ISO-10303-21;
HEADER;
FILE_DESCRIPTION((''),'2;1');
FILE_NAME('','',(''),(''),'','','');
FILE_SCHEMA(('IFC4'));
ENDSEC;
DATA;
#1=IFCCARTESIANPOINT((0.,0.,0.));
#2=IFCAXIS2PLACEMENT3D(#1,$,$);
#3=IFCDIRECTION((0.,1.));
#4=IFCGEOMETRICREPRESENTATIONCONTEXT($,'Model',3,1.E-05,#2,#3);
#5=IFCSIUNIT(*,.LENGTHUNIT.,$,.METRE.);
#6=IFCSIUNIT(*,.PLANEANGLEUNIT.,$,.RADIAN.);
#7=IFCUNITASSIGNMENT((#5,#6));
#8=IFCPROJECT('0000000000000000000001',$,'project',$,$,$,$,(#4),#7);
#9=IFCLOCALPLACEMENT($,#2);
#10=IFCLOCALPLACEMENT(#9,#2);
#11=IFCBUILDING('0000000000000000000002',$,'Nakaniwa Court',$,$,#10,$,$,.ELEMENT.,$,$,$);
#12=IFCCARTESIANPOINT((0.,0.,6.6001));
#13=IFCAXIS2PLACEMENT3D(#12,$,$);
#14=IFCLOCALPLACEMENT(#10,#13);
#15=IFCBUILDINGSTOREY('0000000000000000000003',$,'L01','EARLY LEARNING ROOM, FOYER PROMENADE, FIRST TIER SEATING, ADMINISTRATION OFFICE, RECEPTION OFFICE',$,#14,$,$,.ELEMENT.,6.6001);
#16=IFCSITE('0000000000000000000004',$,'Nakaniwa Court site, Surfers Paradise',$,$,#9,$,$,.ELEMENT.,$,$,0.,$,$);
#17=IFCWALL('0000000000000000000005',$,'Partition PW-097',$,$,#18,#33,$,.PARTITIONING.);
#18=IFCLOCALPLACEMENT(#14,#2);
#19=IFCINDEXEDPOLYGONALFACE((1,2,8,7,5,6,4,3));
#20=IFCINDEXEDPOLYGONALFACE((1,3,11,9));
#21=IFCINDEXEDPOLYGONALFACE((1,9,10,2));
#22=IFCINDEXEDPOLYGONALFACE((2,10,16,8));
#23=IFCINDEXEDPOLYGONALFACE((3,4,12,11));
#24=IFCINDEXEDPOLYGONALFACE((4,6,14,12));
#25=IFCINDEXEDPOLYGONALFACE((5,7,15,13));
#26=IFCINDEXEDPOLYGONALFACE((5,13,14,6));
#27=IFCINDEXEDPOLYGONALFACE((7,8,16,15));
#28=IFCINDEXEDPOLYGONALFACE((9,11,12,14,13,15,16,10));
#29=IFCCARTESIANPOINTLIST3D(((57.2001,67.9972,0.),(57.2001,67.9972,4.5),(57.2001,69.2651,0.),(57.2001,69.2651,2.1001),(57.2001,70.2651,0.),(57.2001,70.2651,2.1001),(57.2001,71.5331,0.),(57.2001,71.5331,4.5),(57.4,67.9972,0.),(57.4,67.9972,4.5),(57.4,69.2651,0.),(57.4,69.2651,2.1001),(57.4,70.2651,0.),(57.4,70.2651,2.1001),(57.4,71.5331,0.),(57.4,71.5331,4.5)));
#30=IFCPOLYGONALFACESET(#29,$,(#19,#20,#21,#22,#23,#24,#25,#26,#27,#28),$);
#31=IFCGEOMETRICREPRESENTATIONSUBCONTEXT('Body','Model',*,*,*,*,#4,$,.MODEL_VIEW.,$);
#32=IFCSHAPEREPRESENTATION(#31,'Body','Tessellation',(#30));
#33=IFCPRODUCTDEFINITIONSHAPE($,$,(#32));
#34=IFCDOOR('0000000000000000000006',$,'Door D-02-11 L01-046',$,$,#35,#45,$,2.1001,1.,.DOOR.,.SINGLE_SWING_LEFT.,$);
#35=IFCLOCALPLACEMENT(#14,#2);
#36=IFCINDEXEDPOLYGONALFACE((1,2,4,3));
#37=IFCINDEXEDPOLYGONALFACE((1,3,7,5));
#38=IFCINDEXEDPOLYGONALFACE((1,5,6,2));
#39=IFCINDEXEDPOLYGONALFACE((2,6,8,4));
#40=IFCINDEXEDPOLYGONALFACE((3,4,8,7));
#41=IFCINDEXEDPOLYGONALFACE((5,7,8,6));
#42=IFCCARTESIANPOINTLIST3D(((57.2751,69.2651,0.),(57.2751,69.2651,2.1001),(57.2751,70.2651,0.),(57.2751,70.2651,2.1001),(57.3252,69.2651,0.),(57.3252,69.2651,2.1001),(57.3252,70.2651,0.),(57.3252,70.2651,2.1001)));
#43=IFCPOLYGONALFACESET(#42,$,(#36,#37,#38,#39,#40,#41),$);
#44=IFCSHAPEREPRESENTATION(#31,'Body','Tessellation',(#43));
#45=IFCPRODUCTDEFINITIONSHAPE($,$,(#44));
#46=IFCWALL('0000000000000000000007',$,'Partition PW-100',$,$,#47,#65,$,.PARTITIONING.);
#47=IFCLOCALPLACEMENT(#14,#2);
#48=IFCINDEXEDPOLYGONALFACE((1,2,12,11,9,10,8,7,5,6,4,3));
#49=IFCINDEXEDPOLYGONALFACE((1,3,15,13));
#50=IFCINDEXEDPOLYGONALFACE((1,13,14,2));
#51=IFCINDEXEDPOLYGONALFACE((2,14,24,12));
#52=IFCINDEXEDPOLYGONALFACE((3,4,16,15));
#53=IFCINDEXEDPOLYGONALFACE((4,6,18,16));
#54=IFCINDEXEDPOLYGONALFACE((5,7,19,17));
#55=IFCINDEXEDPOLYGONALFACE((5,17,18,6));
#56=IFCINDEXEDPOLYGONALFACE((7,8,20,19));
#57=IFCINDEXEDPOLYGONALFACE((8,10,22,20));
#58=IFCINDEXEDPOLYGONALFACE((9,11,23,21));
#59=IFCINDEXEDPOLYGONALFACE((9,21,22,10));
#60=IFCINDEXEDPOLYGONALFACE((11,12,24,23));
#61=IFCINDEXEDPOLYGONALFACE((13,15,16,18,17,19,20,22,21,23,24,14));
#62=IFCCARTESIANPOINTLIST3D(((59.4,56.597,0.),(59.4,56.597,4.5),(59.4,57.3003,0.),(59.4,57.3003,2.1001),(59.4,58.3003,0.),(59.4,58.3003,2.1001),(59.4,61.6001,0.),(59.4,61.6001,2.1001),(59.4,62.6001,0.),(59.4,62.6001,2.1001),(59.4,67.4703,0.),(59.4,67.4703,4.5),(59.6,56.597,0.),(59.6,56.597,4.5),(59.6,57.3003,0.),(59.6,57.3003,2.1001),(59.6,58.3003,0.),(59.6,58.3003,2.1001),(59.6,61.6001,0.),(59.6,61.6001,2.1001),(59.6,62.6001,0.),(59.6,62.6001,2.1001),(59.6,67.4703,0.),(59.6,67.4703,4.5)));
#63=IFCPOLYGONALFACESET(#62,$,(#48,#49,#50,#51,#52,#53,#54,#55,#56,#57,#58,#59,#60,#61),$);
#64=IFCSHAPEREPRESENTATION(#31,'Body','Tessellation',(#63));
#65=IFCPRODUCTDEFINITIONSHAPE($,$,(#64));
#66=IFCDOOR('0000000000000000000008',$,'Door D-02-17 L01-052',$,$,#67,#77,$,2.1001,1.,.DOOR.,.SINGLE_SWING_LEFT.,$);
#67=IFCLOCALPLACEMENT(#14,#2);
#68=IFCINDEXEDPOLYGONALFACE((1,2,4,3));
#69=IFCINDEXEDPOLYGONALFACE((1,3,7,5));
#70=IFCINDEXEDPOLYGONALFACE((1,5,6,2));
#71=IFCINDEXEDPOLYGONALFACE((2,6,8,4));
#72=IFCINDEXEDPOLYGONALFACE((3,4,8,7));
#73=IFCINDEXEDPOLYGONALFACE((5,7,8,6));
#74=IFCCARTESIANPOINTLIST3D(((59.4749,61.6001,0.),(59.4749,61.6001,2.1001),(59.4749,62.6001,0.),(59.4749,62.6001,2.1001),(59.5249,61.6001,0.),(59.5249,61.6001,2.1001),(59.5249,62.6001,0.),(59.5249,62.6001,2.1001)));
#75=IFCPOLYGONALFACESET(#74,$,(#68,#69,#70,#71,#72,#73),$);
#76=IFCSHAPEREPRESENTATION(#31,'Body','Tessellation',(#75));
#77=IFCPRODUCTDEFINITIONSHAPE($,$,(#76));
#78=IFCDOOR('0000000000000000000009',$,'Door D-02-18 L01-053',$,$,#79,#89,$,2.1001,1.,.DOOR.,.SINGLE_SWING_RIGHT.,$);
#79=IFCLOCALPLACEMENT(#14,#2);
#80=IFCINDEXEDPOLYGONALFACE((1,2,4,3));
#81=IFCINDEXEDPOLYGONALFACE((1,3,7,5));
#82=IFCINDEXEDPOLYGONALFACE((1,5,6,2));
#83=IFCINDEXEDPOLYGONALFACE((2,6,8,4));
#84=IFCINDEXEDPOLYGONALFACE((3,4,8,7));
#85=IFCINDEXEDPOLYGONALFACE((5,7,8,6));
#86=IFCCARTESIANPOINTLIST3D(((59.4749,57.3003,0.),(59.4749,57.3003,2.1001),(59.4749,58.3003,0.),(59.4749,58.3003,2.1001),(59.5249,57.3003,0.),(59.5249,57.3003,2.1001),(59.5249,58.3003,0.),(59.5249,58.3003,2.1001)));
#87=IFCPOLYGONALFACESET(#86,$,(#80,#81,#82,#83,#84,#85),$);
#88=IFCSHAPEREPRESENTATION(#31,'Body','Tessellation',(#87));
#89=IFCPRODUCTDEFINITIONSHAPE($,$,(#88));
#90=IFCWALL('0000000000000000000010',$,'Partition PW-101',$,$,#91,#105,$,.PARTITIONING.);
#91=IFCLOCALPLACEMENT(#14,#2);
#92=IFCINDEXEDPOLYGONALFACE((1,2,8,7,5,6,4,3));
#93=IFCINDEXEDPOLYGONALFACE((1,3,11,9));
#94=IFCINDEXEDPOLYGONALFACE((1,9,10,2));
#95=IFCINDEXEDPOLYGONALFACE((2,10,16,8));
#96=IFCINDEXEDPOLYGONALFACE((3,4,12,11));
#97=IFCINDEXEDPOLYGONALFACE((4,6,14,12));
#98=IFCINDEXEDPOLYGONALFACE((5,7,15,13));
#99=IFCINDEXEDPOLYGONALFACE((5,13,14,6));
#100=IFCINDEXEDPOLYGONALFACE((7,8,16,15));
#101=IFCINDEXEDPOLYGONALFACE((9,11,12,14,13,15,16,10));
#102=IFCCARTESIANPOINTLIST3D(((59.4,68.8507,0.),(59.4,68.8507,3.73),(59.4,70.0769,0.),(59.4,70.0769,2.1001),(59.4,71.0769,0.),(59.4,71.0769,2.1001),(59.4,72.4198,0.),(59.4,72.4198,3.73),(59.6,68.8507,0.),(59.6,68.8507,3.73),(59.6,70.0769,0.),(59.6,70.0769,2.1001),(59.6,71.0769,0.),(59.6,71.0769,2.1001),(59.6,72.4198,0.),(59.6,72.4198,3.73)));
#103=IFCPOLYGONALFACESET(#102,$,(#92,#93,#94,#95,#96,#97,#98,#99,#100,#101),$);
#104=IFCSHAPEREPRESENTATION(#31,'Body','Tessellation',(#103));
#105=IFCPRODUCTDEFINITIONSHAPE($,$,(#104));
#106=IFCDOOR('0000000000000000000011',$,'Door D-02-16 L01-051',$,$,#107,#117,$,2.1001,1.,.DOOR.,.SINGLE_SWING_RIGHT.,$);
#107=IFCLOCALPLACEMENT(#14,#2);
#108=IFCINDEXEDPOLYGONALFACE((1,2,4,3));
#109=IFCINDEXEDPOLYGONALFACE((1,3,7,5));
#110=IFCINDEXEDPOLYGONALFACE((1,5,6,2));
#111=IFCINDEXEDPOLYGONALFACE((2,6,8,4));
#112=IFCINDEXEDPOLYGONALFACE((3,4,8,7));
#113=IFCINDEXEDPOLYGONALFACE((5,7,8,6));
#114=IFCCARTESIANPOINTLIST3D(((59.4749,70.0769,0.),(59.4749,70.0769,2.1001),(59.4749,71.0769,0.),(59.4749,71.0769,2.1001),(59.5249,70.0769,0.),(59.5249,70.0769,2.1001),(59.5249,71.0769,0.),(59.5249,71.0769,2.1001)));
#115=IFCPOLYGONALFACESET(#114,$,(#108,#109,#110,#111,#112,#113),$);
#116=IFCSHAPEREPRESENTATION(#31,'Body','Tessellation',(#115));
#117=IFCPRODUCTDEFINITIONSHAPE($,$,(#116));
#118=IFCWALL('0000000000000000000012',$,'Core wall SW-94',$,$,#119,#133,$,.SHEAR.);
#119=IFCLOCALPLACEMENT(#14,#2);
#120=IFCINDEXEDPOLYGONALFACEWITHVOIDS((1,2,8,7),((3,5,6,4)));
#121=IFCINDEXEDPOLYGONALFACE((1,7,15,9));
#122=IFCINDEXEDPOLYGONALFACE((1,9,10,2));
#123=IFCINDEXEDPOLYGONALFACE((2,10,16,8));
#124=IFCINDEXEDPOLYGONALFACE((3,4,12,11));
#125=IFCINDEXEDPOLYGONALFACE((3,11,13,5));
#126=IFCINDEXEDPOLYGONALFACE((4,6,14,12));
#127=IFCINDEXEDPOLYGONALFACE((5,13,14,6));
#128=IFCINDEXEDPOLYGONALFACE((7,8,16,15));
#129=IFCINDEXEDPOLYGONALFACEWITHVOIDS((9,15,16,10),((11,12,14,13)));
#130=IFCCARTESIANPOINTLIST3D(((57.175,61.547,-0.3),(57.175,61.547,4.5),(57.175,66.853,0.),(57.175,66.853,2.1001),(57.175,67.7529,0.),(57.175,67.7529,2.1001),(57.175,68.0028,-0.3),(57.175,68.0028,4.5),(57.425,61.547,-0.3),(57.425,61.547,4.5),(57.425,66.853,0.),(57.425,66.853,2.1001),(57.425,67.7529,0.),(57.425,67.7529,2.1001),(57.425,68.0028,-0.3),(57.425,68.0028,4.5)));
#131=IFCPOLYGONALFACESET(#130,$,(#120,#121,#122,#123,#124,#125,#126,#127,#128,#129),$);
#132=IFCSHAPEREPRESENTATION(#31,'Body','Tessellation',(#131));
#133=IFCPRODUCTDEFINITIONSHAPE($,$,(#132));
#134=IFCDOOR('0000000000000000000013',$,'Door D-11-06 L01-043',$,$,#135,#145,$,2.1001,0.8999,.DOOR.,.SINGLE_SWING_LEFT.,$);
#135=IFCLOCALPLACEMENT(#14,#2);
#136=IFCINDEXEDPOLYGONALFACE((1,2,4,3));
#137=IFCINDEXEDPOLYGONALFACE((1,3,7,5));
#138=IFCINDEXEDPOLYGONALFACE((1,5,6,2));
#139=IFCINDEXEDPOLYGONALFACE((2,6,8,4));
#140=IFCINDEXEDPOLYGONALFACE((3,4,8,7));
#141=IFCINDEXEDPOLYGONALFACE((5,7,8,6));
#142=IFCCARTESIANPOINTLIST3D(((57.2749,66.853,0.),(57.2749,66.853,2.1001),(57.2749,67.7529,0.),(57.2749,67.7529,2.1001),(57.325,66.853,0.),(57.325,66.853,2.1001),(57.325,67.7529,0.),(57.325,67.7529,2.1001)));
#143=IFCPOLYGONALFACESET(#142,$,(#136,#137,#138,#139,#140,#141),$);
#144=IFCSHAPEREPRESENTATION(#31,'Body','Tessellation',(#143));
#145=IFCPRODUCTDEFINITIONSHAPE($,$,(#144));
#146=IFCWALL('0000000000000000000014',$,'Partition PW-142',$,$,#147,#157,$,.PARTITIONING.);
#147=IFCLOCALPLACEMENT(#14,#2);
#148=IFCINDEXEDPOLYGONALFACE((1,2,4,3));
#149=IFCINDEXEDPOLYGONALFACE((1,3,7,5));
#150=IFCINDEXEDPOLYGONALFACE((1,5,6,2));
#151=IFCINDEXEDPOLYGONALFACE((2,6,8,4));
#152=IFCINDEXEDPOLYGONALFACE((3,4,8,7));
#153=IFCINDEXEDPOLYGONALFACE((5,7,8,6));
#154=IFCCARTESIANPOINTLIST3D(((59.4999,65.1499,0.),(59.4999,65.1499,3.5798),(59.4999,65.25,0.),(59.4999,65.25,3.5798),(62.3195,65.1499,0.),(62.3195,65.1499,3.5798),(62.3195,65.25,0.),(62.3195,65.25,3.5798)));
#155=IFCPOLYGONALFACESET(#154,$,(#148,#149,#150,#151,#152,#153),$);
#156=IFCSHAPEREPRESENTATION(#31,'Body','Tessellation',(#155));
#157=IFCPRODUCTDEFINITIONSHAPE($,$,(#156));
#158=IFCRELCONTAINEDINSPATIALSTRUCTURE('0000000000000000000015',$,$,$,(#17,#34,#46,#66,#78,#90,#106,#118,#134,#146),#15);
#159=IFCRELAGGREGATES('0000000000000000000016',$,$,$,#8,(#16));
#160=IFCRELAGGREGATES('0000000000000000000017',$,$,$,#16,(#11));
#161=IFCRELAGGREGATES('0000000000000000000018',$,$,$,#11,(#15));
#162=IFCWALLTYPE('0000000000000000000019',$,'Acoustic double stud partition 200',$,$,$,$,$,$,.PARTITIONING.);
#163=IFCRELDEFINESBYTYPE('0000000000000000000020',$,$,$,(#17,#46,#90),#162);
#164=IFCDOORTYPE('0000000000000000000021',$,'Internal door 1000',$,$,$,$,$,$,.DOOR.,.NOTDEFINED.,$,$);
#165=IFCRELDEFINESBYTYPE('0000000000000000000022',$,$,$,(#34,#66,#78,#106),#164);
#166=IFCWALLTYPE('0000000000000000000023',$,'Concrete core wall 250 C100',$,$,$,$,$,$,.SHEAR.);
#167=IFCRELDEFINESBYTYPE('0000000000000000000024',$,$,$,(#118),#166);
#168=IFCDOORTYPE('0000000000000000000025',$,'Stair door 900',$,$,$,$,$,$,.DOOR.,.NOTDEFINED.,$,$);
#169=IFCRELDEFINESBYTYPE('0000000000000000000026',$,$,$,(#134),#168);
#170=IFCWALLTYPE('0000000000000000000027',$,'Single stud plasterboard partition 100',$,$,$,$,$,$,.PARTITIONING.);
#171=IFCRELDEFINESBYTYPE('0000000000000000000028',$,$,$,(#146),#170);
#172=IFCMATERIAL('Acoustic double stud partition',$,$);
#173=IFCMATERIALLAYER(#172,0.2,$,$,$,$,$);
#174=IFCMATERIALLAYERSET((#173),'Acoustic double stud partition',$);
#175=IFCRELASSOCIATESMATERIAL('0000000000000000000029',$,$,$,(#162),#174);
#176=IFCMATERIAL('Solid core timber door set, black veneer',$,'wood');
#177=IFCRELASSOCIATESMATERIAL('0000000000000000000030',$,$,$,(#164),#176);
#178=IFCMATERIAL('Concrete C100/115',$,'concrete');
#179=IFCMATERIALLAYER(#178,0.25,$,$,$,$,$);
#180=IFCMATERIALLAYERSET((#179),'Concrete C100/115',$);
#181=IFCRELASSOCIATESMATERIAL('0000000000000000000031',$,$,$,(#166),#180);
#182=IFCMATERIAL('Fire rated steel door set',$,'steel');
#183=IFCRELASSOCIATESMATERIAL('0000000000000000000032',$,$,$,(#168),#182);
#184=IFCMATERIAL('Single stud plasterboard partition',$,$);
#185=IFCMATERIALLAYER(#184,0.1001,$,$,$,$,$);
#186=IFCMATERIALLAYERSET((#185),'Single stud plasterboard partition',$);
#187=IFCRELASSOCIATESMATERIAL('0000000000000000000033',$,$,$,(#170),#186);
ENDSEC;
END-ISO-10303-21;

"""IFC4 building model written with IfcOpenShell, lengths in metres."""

from ifc_helpers import new_model, si_unit, direction, frame, frame_2d, origin, place, context, subcontext, project, spatial, rectangle, extrude, material, layer, layer_set, type_object, element, fill, save


model = new_model("IFC4")

# Units and contexts
model_context = context("Model", 3, precision=1e-05, world=origin(), true_north=direction((0.0, 1.0)))
body_context = subcontext(model_context, "Body", "Model", "MODEL_VIEW")
ifc_project = project(units=[si_unit("LENGTHUNIT", "METRE"), si_unit("PLANEANGLEUNIT", "RADIAN")], contexts=[model_context])

# Site, building, storey
site_placement = place(None, origin())
site = spatial("IfcSite", under=ifc_project, at=site_placement, Name="Nakaniwa Court site, Surfers Paradise", CompositionType="ELEMENT", RefElevation=0.0)
building_placement = place(site_placement, origin())
building = spatial("IfcBuilding", under=site, at=building_placement, Name="Nakaniwa Court", CompositionType="ELEMENT")
storey_placement = place(building_placement, frame((0.0, 0.0, 6.6001)))
storey = spatial("IfcBuildingStorey", under=building, at=storey_placement, Name="L01", Description="EARLY LEARNING ROOM, FOYER PROMENADE, FIRST TIER SEATING, ADMINISTRATION OFFICE, RECEPTION OFFICE", CompositionType="ELEMENT", Elevation=6.6001)

# Shared definitions
ifc_material_1 = material(Name="Concrete C100/115", Category="concrete")

# Wall, opening, door
ifc_material_2 = material(Name="Acoustic double stud partition")
ifc_layer_1 = layer(ifc_material_2, 0.2)
ifc_layer_set_1 = layer_set([ifc_layer_1], Name="Acoustic double stud partition")
wall_type_1 = type_object("IfcWallType", Name="Acoustic double stud partition 200", PredefinedType="PARTITIONING", material=ifc_layer_set_1)
wall_1_placement = place(storey_placement, frame((57.3, 67.9971, 0.0), z_axis=(0.0, 0.0, 1.0), x_axis=(0.0, 1.0, 0.0)))
wall_1 = element("IfcWall", 1, at=wall_1_placement, inside=storey, type_object=wall_type_1, Name="Partition PW-097", PredefinedType="PARTITIONING", context=body_context, shape_type="SweptSolid", body=[
    extrude(rectangle(XDim=3.5359, YDim=0.2, at=frame_2d((1.7681, 0.0))), origin(), (0.0, 0.0, 1.0), 4.5),
])
opening_1_placement = place(wall_1_placement, frame((1.2681, 0.0, 0.0)))
opening_1 = element("IfcOpeningElement", 2, at=opening_1_placement, cuts=wall_1, PredefinedType="OPENING", context=body_context, shape_type="SweptSolid", body=[
    extrude(rectangle(XDim=1.0, YDim=2.1001, at=frame_2d((0.5, 1.05))), frame((0.0, 0.1099, 0.0), z_axis=(0.0, -1.0, 0.0), x_axis=(1.0, 0.0, 0.0)), (0.0, 0.0, 1.0), 0.22),
])
ifc_material_3 = material(Name="Solid core timber door set, black veneer", Category="wood")
door_type_1 = type_object("IfcDoorType", Name="Internal door 1000", OperationType="NOTDEFINED", PredefinedType="DOOR", material=ifc_material_3)
door_1_placement = place(opening_1_placement, origin())
door_1 = element("IfcDoor", 3, at=door_1_placement, inside=storey, type_object=door_type_1, Name="Door D-02-11 L01-046", OperationType="SINGLE_SWING_LEFT", OverallHeight=2.1001, OverallWidth=1.0, PredefinedType="DOOR", context=body_context, shape_type="SweptSolid", body=[
    extrude(rectangle(XDim=1.0, YDim=2.1001, at=frame_2d((0.5, 1.05))), frame((0.0, 0.0249, 0.0), z_axis=(0.0, -1.0, 0.0), x_axis=(1.0, 0.0, 0.0)), (0.0, 0.0, 1.0), 0.05),
])
fill(opening_1, door_1)

# Wall, openings, doors
wall_2_placement = place(storey_placement, frame((59.5, 67.4702, 0.0), z_axis=(0.0, 0.0, 1.0), x_axis=(0.0, -1.0, 0.0)))
wall_2 = element("IfcWall", 4, at=wall_2_placement, inside=storey, type_object=wall_type_1, Name="Partition PW-100", PredefinedType="PARTITIONING", context=body_context, shape_type="SweptSolid", body=[
    extrude(rectangle(XDim=10.8733, YDim=0.2, at=frame_2d((5.4365, 0.0))), origin(), (0.0, 0.0, 1.0), 4.5),
])
opening_2_placement = place(wall_2_placement, frame((4.8701, 0.0, 0.0)))
opening_2 = element("IfcOpeningElement", 5, at=opening_2_placement, cuts=wall_2, PredefinedType="OPENING", context=body_context, shape_type="SweptSolid", body=[
    extrude(rectangle(XDim=1.0, YDim=2.1001, at=frame_2d((0.5, 1.05))), frame((0.0, 0.1099, 0.0), z_axis=(0.0, -1.0, 0.0), x_axis=(1.0, 0.0, 0.0)), (0.0, 0.0, 1.0), 0.22),
])
opening_3_placement = place(wall_2_placement, frame((9.1699, 0.0, 0.0)))
opening_3 = element("IfcOpeningElement", 6, at=opening_3_placement, cuts=wall_2, PredefinedType="OPENING", context=body_context, shape_type="SweptSolid", body=[
    extrude(rectangle(XDim=1.0, YDim=2.1001, at=frame_2d((0.5, 1.05))), frame((0.0, 0.1099, 0.0), z_axis=(0.0, -1.0, 0.0), x_axis=(1.0, 0.0, 0.0)), (0.0, 0.0, 1.0), 0.22),
])
door_2_placement = place(opening_2_placement, origin())
door_2 = element("IfcDoor", 7, at=door_2_placement, inside=storey, type_object=door_type_1, Name="Door D-02-17 L01-052", OperationType="SINGLE_SWING_LEFT", OverallHeight=2.1001, OverallWidth=1.0, PredefinedType="DOOR", context=body_context, shape_type="SweptSolid", body=[
    extrude(rectangle(XDim=1.0, YDim=2.1001, at=frame_2d((0.5, 1.05))), frame((0.0, 0.0249, 0.0), z_axis=(0.0, -1.0, 0.0), x_axis=(1.0, 0.0, 0.0)), (0.0, 0.0, 1.0), 0.05),
])
fill(opening_2, door_2)
door_3_placement = place(opening_3_placement, origin())
door_3 = element("IfcDoor", 8, at=door_3_placement, inside=storey, type_object=door_type_1, Name="Door D-02-18 L01-053", OperationType="SINGLE_SWING_RIGHT", OverallHeight=2.1001, OverallWidth=1.0, PredefinedType="DOOR", context=body_context, shape_type="SweptSolid", body=[
    extrude(rectangle(XDim=1.0, YDim=2.1001, at=frame_2d((0.5, 1.05))), frame((0.0, 0.0249, 0.0), z_axis=(0.0, -1.0, 0.0), x_axis=(1.0, 0.0, 0.0)), (0.0, 0.0, 1.0), 0.05),
])
fill(opening_3, door_3)

# Walls, openings, doors
wall_3_placement = place(storey_placement, frame((59.5, 72.4199, 0.0), z_axis=(0.0, 0.0, 1.0), x_axis=(0.0, -1.0, 0.0)))
wall_3 = element("IfcWall", 9, at=wall_3_placement, inside=storey, type_object=wall_type_1, Name="Partition PW-101", PredefinedType="PARTITIONING", context=body_context, shape_type="SweptSolid", body=[
    extrude(rectangle(XDim=3.5691, YDim=0.2, at=frame_2d((1.7847, 0.0))), origin(), (0.0, 0.0, 1.0), 3.73),
])
opening_4_placement = place(wall_3_placement, frame((1.343, 0.0, 0.0)))
opening_4 = element("IfcOpeningElement", 10, at=opening_4_placement, cuts=wall_3, PredefinedType="OPENING", context=body_context, shape_type="SweptSolid", body=[
    extrude(rectangle(XDim=1.0, YDim=2.1001, at=frame_2d((0.5, 1.05))), frame((0.0, 0.1099, 0.0), z_axis=(0.0, -1.0, 0.0), x_axis=(1.0, 0.0, 0.0)), (0.0, 0.0, 1.0), 0.22),
])
door_4_placement = place(opening_4_placement, origin())
door_4 = element("IfcDoor", 11, at=door_4_placement, inside=storey, type_object=door_type_1, Name="Door D-02-16 L01-051", OperationType="SINGLE_SWING_RIGHT", OverallHeight=2.1001, OverallWidth=1.0, PredefinedType="DOOR", context=body_context, shape_type="SweptSolid", body=[
    extrude(rectangle(XDim=1.0, YDim=2.1001, at=frame_2d((0.5, 1.05))), frame((0.0, 0.0249, 0.0), z_axis=(0.0, -1.0, 0.0), x_axis=(1.0, 0.0, 0.0)), (0.0, 0.0, 1.0), 0.05),
])
fill(opening_4, door_4)
ifc_layer_2 = layer(ifc_material_1, 0.25)
ifc_layer_set_2 = layer_set([ifc_layer_2], Name="Concrete C100/115")
wall_type_2 = type_object("IfcWallType", Name="Concrete core wall 250 C100", PredefinedType="SHEAR", material=ifc_layer_set_2)
wall_4_placement = place(storey_placement, frame((57.3, 68.0029, -0.3), z_axis=(0.0, 0.0, 1.0), x_axis=(0.0, -1.0, 0.0)))
wall_4 = element("IfcWall", 12, at=wall_4_placement, inside=storey, type_object=wall_type_2, Name="Core wall SW-94", PredefinedType="SHEAR", context=body_context, shape_type="SweptSolid", body=[
    extrude(rectangle(XDim=6.4558, YDim=0.25, at=frame_2d((3.228, 0.0))), origin(), (0.0, 0.0, 1.0), 4.8),
])
opening_5_placement = place(wall_4_placement, frame((0.25, 0.0, 0.3)))
opening_5 = element("IfcOpeningElement", 13, at=opening_5_placement, cuts=wall_4, PredefinedType="OPENING", context=body_context, shape_type="SweptSolid", body=[
    extrude(rectangle(XDim=0.8999, YDim=2.1001, at=frame_2d((0.45, 1.05))), frame((0.0, 0.135, 0.0), z_axis=(0.0, -1.0, 0.0), x_axis=(1.0, 0.0, 0.0)), (0.0, 0.0, 1.0), 0.27),
])
ifc_material_4 = material(Name="Fire rated steel door set", Category="steel")
door_type_2 = type_object("IfcDoorType", Name="Stair door 900", OperationType="NOTDEFINED", PredefinedType="DOOR", material=ifc_material_4)
door_5_placement = place(opening_5_placement, origin())
door_5 = element("IfcDoor", 14, at=door_5_placement, inside=storey, type_object=door_type_2, Name="Door D-11-06 L01-043", OperationType="SINGLE_SWING_LEFT", OverallHeight=2.1001, OverallWidth=0.8999, PredefinedType="DOOR", context=body_context, shape_type="SweptSolid", body=[
    extrude(rectangle(XDim=0.8999, YDim=2.1001, at=frame_2d((0.45, 1.05))), frame((0.0, 0.0249, 0.0), z_axis=(0.0, -1.0, 0.0), x_axis=(1.0, 0.0, 0.0)), (0.0, 0.0, 1.0), 0.05),
])
fill(opening_5, door_5)

# Wall
ifc_material_5 = material(Name="Single stud plasterboard partition")
ifc_layer_3 = layer(ifc_material_5, 0.1001)
ifc_layer_set_3 = layer_set([ifc_layer_3], Name="Single stud plasterboard partition")
wall_type_3 = type_object("IfcWallType", Name="Single stud plasterboard partition 100", PredefinedType="PARTITIONING", material=ifc_layer_set_3)
wall_5_placement = place(storey_placement, frame((59.5, 65.2, 0.0), z_axis=(0.0, 0.0, 1.0), x_axis=(1.0, 0.0, 0.0)))
element("IfcWall", 15, at=wall_5_placement, inside=storey, type_object=wall_type_3, Name="Partition PW-142", PredefinedType="PARTITIONING", context=body_context, shape_type="SweptSolid", body=[
    extrude(rectangle(XDim=2.8196, YDim=0.1001, at=frame_2d((1.4097, 0.0))), origin(), (0.0, 0.0, 1.0), 3.5798),
])

save(model, "model.ifc")
